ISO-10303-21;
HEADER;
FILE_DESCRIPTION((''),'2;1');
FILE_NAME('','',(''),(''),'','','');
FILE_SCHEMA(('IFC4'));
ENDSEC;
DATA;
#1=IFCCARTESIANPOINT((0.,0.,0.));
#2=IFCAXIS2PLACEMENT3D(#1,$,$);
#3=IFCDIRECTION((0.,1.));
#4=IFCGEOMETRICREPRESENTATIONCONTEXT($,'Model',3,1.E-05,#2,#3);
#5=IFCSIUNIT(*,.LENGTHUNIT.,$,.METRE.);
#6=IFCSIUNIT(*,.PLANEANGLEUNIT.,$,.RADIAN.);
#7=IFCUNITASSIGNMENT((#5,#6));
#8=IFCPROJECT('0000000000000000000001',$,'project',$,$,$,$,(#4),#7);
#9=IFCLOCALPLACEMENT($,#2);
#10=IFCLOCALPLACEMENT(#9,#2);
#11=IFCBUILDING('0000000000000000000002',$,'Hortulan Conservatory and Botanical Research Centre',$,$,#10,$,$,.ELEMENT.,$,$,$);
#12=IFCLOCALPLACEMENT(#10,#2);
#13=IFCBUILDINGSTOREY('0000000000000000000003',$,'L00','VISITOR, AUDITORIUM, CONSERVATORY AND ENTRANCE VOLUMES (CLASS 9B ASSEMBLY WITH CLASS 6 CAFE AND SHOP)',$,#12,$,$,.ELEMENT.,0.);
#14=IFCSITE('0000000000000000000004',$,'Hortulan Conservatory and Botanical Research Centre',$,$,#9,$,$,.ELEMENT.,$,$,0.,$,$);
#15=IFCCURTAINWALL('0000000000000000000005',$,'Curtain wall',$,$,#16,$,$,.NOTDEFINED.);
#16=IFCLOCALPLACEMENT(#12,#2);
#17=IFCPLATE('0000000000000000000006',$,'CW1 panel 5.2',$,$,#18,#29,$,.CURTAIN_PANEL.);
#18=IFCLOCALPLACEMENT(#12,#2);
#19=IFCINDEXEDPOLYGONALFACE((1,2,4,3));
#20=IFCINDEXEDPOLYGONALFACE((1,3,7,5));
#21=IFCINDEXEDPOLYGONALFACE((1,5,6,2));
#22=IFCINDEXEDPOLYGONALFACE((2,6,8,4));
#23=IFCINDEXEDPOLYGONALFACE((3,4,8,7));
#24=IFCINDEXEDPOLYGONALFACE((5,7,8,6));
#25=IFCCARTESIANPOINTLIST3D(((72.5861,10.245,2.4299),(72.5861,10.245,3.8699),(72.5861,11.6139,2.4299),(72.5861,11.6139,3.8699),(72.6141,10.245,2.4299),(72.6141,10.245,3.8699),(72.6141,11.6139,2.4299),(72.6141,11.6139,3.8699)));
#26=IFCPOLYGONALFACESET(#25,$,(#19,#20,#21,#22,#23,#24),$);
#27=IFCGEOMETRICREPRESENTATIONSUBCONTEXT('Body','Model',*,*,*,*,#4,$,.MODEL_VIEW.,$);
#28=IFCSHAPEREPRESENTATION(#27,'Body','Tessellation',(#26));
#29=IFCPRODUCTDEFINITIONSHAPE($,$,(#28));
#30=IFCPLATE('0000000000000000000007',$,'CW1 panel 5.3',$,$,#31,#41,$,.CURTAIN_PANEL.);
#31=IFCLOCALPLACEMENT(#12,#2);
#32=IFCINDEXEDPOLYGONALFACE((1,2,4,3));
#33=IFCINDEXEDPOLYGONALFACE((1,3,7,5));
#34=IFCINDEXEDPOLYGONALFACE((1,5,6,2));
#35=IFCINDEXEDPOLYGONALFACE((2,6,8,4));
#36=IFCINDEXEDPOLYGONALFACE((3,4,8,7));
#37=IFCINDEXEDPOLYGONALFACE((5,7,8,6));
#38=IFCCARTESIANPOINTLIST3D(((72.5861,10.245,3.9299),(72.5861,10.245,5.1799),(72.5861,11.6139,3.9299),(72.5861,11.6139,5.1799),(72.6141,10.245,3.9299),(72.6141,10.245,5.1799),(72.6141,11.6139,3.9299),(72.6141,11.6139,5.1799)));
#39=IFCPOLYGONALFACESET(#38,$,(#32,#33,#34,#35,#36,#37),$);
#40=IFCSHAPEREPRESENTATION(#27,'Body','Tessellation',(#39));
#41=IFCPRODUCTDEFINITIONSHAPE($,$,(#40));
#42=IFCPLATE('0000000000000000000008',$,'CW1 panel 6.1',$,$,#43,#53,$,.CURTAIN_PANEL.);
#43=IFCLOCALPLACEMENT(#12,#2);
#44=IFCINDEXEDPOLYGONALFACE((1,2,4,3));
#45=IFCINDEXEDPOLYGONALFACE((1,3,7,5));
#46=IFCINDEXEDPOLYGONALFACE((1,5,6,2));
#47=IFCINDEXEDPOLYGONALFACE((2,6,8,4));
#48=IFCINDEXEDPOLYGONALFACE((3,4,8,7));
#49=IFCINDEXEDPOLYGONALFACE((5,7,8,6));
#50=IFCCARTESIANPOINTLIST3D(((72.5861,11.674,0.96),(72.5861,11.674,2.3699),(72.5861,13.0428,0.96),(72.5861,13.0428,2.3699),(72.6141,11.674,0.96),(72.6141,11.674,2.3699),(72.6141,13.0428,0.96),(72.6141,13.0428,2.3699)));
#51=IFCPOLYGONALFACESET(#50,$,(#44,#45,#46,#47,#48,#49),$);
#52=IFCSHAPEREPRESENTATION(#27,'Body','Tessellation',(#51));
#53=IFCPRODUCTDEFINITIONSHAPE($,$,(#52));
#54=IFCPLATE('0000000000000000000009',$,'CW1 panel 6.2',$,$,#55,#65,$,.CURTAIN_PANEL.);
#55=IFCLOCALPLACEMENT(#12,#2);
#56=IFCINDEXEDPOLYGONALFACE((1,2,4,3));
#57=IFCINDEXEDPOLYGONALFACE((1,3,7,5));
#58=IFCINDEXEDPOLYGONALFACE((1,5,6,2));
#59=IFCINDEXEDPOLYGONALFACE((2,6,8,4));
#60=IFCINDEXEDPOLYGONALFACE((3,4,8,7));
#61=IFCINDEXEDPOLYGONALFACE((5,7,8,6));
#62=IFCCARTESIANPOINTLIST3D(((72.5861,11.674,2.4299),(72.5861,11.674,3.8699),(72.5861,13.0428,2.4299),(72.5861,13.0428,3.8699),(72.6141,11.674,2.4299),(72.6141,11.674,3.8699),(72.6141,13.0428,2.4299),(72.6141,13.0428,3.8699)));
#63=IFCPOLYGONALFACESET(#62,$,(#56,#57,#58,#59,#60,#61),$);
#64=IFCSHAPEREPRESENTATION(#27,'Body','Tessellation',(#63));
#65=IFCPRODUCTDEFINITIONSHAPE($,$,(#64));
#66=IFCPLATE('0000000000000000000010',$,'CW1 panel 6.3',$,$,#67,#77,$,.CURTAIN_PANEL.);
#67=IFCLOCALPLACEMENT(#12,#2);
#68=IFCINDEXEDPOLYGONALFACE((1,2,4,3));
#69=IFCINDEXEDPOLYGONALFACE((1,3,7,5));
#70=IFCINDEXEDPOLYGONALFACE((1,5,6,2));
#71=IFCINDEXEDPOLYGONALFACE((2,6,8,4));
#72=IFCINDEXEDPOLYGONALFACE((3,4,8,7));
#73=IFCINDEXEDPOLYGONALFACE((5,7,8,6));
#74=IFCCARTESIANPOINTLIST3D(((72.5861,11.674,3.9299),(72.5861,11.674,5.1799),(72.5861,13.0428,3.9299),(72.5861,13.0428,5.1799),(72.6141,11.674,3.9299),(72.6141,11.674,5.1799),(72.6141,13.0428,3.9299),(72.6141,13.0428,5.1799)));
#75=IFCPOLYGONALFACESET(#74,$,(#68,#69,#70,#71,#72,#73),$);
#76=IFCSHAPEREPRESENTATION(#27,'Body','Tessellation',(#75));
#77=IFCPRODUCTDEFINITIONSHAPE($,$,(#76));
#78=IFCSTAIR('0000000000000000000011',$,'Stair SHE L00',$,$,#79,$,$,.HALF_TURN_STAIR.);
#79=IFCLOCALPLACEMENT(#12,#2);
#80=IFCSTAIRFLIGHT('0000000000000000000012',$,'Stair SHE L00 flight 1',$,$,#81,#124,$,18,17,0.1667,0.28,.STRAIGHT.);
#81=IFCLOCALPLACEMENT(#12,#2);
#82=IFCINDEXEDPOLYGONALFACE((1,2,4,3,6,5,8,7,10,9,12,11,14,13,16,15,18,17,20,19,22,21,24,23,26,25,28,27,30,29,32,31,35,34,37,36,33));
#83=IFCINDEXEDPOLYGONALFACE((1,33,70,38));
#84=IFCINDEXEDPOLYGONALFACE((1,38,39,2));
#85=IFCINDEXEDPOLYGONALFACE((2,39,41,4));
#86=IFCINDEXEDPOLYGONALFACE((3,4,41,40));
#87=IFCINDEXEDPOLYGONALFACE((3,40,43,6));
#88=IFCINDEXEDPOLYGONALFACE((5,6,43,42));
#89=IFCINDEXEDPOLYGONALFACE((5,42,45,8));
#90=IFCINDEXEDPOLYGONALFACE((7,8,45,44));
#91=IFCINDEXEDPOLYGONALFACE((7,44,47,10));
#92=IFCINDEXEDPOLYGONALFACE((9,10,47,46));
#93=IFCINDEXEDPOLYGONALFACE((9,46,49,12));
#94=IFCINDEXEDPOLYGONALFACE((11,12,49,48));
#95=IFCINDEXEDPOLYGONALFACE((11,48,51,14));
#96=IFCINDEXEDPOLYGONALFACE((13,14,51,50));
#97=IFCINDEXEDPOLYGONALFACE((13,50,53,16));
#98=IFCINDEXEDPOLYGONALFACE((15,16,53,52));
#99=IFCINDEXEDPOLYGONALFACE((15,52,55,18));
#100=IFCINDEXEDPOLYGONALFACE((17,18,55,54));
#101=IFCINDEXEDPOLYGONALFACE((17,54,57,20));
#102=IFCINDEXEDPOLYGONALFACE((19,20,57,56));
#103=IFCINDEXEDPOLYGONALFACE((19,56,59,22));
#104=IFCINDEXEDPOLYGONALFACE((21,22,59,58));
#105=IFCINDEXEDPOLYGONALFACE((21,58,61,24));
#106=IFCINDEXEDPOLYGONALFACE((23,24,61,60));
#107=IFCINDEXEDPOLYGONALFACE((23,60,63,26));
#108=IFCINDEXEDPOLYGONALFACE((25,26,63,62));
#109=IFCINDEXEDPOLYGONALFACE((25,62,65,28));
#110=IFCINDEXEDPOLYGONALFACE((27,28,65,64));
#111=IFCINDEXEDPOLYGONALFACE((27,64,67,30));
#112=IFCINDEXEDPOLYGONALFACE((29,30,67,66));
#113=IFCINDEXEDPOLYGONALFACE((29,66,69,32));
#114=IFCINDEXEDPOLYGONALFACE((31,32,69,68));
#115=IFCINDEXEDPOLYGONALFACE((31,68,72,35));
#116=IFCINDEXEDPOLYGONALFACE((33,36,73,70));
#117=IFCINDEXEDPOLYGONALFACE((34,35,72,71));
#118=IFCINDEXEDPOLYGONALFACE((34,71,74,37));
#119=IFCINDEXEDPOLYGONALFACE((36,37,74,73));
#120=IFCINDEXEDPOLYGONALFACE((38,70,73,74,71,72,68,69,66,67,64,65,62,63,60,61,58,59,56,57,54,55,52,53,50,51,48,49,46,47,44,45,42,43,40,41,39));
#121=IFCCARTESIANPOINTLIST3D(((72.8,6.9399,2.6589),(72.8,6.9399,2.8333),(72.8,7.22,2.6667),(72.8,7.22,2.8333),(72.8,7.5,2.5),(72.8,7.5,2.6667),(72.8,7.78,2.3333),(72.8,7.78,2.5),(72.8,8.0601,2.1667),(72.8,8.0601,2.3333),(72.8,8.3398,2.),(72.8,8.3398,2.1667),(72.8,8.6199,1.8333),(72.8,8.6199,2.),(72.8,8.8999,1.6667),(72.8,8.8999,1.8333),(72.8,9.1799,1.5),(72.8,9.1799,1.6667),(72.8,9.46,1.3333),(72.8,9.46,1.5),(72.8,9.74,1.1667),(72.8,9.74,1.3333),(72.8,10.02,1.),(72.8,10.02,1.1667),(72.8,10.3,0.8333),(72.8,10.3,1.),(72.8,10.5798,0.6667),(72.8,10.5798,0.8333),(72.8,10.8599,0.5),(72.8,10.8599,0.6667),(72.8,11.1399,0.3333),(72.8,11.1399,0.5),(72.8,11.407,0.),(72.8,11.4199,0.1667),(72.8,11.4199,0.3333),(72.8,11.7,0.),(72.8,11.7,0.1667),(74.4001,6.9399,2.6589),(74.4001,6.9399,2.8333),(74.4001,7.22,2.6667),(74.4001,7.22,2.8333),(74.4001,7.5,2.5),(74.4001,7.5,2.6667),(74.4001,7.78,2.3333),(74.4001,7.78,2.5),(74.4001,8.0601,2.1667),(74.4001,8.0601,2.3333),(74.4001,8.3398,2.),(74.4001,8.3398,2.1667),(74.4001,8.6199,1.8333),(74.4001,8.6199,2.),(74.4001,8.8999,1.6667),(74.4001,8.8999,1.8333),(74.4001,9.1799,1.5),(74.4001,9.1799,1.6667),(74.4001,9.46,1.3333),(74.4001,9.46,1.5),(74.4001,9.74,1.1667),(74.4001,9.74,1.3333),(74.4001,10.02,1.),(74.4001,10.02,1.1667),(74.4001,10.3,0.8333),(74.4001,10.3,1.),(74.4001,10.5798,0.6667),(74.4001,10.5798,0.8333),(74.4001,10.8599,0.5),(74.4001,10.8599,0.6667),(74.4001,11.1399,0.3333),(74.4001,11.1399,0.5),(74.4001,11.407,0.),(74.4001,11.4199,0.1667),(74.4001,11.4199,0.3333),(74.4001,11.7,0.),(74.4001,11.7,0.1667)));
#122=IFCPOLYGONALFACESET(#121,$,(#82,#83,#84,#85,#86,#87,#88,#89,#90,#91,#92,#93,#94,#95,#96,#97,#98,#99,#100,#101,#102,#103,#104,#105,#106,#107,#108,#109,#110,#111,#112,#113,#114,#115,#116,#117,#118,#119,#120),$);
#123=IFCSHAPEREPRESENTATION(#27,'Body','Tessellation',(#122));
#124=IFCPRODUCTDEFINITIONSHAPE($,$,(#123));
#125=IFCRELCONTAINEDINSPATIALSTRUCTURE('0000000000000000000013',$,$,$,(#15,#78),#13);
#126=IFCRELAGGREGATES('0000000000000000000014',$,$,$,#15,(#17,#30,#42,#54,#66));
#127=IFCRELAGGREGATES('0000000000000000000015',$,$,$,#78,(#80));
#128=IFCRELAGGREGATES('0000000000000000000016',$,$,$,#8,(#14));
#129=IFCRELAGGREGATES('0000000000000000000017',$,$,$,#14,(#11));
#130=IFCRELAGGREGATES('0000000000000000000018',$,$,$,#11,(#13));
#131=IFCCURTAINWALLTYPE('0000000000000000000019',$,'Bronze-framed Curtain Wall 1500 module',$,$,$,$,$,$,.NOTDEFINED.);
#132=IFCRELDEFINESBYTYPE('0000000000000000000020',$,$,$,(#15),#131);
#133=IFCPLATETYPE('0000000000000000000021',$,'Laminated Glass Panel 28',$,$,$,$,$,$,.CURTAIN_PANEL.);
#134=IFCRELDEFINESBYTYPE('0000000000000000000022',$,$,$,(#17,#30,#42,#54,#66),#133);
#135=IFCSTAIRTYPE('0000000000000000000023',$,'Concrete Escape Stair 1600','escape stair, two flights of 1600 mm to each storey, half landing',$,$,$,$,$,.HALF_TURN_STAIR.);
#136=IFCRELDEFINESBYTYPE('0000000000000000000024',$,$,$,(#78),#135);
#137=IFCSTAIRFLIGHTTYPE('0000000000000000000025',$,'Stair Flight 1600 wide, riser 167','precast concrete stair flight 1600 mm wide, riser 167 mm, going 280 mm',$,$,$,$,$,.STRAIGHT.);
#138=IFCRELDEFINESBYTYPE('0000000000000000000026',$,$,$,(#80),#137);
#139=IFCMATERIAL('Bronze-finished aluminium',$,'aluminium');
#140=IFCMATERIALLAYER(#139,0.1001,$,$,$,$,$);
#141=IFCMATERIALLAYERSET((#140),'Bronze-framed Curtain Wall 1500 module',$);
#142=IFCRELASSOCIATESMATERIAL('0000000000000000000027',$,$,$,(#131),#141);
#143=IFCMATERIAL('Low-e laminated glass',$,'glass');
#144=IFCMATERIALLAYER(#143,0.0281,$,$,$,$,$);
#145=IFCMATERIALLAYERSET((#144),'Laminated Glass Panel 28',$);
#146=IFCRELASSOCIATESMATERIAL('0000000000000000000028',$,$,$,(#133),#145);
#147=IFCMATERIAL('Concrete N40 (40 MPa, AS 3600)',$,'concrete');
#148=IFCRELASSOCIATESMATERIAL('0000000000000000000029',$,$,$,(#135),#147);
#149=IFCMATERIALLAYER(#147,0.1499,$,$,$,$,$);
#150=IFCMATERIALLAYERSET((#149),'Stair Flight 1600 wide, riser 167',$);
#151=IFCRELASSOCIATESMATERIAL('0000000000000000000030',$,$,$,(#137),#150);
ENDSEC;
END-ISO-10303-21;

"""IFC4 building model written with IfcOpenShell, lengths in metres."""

from ifc_helpers import new_model, si_unit, direction, frame, origin, origin_2d, place, context, subcontext, project, spatial, polyline, rectangle, outline, extrude, material, layer, layer_set, type_object, element, aggregate, save


model = new_model("IFC4")

# Units and contexts
model_context = context("Model", 3, precision=1e-05, world=origin(), true_north=direction((0.0, 1.0)))
body_context = subcontext(model_context, "Body", "Model", "MODEL_VIEW")
ifc_project = project(units=[si_unit("LENGTHUNIT", "METRE"), si_unit("PLANEANGLEUNIT", "RADIAN")], contexts=[model_context])

# Site, building, storey
site_placement = place(None, origin())
site = spatial("IfcSite", under=ifc_project, at=site_placement, Name="Hortulan Conservatory and Botanical Research Centre", CompositionType="ELEMENT", RefElevation=0.0)
building_placement = place(site_placement, origin())
building = spatial("IfcBuilding", under=site, at=building_placement, Name="Hortulan Conservatory and Botanical Research Centre", CompositionType="ELEMENT")
storey_placement = place(building_placement, origin())
storey = spatial("IfcBuildingStorey", under=building, at=storey_placement, Name="L00", Description="VISITOR, AUDITORIUM, CONSERVATORY AND ENTRANCE VOLUMES (CLASS 9B ASSEMBLY WITH CLASS 6 CAFE AND SHOP)", CompositionType="ELEMENT", Elevation=0.0)

# Curtain wall, plates
ifc_material_1 = material(Name="Bronze-finished aluminium", Category="aluminium")
ifc_layer_1 = layer(ifc_material_1, 0.1001)
ifc_layer_set_1 = layer_set([ifc_layer_1], Name="Bronze-framed Curtain Wall 1500 module")
curtain_wall_type = type_object("IfcCurtainWallType", Name="Bronze-framed Curtain Wall 1500 module", PredefinedType="NOTDEFINED", material=ifc_layer_set_1)
curtain_wall_placement = place(storey_placement, origin())
curtain_wall = element("IfcCurtainWall", 1, at=curtain_wall_placement, inside=storey, type_object=curtain_wall_type, Name="Curtain wall", PredefinedType="NOTDEFINED")
ifc_material_2 = material(Name="Low-e laminated glass", Category="glass")
ifc_layer_2 = layer(ifc_material_2, 0.0281)
ifc_layer_set_2 = layer_set([ifc_layer_2], Name="Laminated Glass Panel 28")
plate_type = type_object("IfcPlateType", Name="Laminated Glass Panel 28", PredefinedType="CURTAIN_PANEL", material=ifc_layer_set_2)
plate_1_placement = place(storey_placement, frame((72.6001, 10.9294, 2.4299), z_axis=(0.0, 0.0, 1.0), x_axis=(0.0, 1.0, 0.0)))
plate_1 = element("IfcPlate", 2, at=plate_1_placement, type_object=plate_type, Name="CW1 panel 5.2", PredefinedType="CURTAIN_PANEL", context=body_context, shape_type="SweptSolid", body=[
    extrude(rectangle(XDim=1.3689, YDim=0.0281, at=origin_2d()), origin(), (0.0, 0.0, 1.0), 1.4399),
])
plate_2_placement = place(storey_placement, frame((72.6001, 10.9294, 3.9299), z_axis=(0.0, 0.0, 1.0), x_axis=(0.0, 1.0, 0.0)))
plate_2 = element("IfcPlate", 3, at=plate_2_placement, type_object=plate_type, Name="CW1 panel 5.3", PredefinedType="CURTAIN_PANEL", context=body_context, shape_type="SweptSolid", body=[
    extrude(rectangle(XDim=1.3689, YDim=0.0281, at=origin_2d()), origin(), (0.0, 0.0, 1.0), 1.25),
])
plate_3_placement = place(storey_placement, frame((72.6001, 12.3584, 0.96), z_axis=(0.0, 0.0, 1.0), x_axis=(0.0, 1.0, 0.0)))
plate_3 = element("IfcPlate", 4, at=plate_3_placement, type_object=plate_type, Name="CW1 panel 6.1", PredefinedType="CURTAIN_PANEL", context=body_context, shape_type="SweptSolid", body=[
    extrude(rectangle(XDim=1.3689, YDim=0.0281, at=origin_2d()), origin(), (0.0, 0.0, 1.0), 1.4099),
])
plate_4_placement = place(storey_placement, frame((72.6001, 12.3584, 2.4299), z_axis=(0.0, 0.0, 1.0), x_axis=(0.0, 1.0, 0.0)))
plate_4 = element("IfcPlate", 5, at=plate_4_placement, type_object=plate_type, Name="CW1 panel 6.2", PredefinedType="CURTAIN_PANEL", context=body_context, shape_type="SweptSolid", body=[
    extrude(rectangle(XDim=1.3689, YDim=0.0281, at=origin_2d()), origin(), (0.0, 0.0, 1.0), 1.4399),
])
plate_5_placement = place(storey_placement, frame((72.6001, 12.3584, 3.9299), z_axis=(0.0, 0.0, 1.0), x_axis=(0.0, 1.0, 0.0)))
plate_5 = element("IfcPlate", 6, at=plate_5_placement, type_object=plate_type, Name="CW1 panel 6.3", PredefinedType="CURTAIN_PANEL", context=body_context, shape_type="SweptSolid", body=[
    extrude(rectangle(XDim=1.3689, YDim=0.0281, at=origin_2d()), origin(), (0.0, 0.0, 1.0), 1.25),
])
aggregate(curtain_wall, [plate_1, plate_2, plate_3, plate_4, plate_5])

# Stair, stair flight
ifc_material_3 = material(Name="Concrete N40 (40 MPa, AS 3600)", Category="concrete")
stair_type = type_object("IfcStairType", Name="Concrete Escape Stair 1600", Description="escape stair, two flights of 1600 mm to each storey, half landing", PredefinedType="HALF_TURN_STAIR", material=ifc_material_3)
stair_placement = place(storey_placement, origin())
stair = element("IfcStair", 7, at=stair_placement, inside=storey, type_object=stair_type, Name="Stair SHE L00", PredefinedType="HALF_TURN_STAIR")
ifc_layer_3 = layer(ifc_material_3, 0.1499)
ifc_layer_set_3 = layer_set([ifc_layer_3], Name="Stair Flight 1600 wide, riser 167")
stair_flight_type = type_object("IfcStairFlightType", Name="Stair Flight 1600 wide, riser 167", Description="precast concrete stair flight 1600 mm wide, riser 167 mm, going 280 mm", PredefinedType="STRAIGHT", material=ifc_layer_set_3)
stair_flight_placement = place(storey_placement, frame((73.6001, 11.7, 0.0), z_axis=(0.0, 0.0, 1.0), x_axis=(0.0, -1.0, 0.0)))
stair_flight = element("IfcStairFlight", 8, at=stair_flight_placement, type_object=stair_flight_type, Name="Stair SHE L00 flight 1", NumberOfRisers=18, NumberOfTreads=17, PredefinedType="STRAIGHT", RiserHeight=0.1667, TreadLength=0.28, context=body_context, shape_type="SweptSolid", body=[
    extrude(outline(polyline([(0.0, 0.0), (0.0, 0.1667), (0.28, 0.1667), (0.28, 0.3333), (0.5601, 0.3333), (0.5601, 0.5), (0.8401, 0.5), (0.8401, 0.6667), (1.1201, 0.6667), (1.1201, 0.8333), (1.3999, 0.8333), (1.3999, 1.0), (1.6799, 1.0), (1.6799, 1.1667), (1.96, 1.1667), (1.96, 1.3333), (2.24, 1.3333), (2.24, 1.5), (2.52, 1.5), (2.52, 1.6667), (2.8, 1.6667), (2.8, 1.8333), (3.0801, 1.8333), (3.0801, 2.0), (3.3601, 2.0), (3.3601, 2.1667), (3.6399, 2.1667), (3.6399, 2.3333), (3.9199, 2.3333), (3.9199, 2.5), (4.2, 2.5), (4.2, 2.6667), (4.48, 2.6667), (4.48, 2.8333), (4.76, 2.8333), (4.76, 3.0), (4.76, 2.6589), (0.293, 0.0), (0.0, 0.0)])), frame((0.0, 0.8, 0.0), z_axis=(0.0, -1.0, 0.0), x_axis=(1.0, 0.0, 0.0)), (0.0, 0.0, 1.0), 1.6001),
])
aggregate(stair, [stair_flight])

save(model, "model.ifc")
